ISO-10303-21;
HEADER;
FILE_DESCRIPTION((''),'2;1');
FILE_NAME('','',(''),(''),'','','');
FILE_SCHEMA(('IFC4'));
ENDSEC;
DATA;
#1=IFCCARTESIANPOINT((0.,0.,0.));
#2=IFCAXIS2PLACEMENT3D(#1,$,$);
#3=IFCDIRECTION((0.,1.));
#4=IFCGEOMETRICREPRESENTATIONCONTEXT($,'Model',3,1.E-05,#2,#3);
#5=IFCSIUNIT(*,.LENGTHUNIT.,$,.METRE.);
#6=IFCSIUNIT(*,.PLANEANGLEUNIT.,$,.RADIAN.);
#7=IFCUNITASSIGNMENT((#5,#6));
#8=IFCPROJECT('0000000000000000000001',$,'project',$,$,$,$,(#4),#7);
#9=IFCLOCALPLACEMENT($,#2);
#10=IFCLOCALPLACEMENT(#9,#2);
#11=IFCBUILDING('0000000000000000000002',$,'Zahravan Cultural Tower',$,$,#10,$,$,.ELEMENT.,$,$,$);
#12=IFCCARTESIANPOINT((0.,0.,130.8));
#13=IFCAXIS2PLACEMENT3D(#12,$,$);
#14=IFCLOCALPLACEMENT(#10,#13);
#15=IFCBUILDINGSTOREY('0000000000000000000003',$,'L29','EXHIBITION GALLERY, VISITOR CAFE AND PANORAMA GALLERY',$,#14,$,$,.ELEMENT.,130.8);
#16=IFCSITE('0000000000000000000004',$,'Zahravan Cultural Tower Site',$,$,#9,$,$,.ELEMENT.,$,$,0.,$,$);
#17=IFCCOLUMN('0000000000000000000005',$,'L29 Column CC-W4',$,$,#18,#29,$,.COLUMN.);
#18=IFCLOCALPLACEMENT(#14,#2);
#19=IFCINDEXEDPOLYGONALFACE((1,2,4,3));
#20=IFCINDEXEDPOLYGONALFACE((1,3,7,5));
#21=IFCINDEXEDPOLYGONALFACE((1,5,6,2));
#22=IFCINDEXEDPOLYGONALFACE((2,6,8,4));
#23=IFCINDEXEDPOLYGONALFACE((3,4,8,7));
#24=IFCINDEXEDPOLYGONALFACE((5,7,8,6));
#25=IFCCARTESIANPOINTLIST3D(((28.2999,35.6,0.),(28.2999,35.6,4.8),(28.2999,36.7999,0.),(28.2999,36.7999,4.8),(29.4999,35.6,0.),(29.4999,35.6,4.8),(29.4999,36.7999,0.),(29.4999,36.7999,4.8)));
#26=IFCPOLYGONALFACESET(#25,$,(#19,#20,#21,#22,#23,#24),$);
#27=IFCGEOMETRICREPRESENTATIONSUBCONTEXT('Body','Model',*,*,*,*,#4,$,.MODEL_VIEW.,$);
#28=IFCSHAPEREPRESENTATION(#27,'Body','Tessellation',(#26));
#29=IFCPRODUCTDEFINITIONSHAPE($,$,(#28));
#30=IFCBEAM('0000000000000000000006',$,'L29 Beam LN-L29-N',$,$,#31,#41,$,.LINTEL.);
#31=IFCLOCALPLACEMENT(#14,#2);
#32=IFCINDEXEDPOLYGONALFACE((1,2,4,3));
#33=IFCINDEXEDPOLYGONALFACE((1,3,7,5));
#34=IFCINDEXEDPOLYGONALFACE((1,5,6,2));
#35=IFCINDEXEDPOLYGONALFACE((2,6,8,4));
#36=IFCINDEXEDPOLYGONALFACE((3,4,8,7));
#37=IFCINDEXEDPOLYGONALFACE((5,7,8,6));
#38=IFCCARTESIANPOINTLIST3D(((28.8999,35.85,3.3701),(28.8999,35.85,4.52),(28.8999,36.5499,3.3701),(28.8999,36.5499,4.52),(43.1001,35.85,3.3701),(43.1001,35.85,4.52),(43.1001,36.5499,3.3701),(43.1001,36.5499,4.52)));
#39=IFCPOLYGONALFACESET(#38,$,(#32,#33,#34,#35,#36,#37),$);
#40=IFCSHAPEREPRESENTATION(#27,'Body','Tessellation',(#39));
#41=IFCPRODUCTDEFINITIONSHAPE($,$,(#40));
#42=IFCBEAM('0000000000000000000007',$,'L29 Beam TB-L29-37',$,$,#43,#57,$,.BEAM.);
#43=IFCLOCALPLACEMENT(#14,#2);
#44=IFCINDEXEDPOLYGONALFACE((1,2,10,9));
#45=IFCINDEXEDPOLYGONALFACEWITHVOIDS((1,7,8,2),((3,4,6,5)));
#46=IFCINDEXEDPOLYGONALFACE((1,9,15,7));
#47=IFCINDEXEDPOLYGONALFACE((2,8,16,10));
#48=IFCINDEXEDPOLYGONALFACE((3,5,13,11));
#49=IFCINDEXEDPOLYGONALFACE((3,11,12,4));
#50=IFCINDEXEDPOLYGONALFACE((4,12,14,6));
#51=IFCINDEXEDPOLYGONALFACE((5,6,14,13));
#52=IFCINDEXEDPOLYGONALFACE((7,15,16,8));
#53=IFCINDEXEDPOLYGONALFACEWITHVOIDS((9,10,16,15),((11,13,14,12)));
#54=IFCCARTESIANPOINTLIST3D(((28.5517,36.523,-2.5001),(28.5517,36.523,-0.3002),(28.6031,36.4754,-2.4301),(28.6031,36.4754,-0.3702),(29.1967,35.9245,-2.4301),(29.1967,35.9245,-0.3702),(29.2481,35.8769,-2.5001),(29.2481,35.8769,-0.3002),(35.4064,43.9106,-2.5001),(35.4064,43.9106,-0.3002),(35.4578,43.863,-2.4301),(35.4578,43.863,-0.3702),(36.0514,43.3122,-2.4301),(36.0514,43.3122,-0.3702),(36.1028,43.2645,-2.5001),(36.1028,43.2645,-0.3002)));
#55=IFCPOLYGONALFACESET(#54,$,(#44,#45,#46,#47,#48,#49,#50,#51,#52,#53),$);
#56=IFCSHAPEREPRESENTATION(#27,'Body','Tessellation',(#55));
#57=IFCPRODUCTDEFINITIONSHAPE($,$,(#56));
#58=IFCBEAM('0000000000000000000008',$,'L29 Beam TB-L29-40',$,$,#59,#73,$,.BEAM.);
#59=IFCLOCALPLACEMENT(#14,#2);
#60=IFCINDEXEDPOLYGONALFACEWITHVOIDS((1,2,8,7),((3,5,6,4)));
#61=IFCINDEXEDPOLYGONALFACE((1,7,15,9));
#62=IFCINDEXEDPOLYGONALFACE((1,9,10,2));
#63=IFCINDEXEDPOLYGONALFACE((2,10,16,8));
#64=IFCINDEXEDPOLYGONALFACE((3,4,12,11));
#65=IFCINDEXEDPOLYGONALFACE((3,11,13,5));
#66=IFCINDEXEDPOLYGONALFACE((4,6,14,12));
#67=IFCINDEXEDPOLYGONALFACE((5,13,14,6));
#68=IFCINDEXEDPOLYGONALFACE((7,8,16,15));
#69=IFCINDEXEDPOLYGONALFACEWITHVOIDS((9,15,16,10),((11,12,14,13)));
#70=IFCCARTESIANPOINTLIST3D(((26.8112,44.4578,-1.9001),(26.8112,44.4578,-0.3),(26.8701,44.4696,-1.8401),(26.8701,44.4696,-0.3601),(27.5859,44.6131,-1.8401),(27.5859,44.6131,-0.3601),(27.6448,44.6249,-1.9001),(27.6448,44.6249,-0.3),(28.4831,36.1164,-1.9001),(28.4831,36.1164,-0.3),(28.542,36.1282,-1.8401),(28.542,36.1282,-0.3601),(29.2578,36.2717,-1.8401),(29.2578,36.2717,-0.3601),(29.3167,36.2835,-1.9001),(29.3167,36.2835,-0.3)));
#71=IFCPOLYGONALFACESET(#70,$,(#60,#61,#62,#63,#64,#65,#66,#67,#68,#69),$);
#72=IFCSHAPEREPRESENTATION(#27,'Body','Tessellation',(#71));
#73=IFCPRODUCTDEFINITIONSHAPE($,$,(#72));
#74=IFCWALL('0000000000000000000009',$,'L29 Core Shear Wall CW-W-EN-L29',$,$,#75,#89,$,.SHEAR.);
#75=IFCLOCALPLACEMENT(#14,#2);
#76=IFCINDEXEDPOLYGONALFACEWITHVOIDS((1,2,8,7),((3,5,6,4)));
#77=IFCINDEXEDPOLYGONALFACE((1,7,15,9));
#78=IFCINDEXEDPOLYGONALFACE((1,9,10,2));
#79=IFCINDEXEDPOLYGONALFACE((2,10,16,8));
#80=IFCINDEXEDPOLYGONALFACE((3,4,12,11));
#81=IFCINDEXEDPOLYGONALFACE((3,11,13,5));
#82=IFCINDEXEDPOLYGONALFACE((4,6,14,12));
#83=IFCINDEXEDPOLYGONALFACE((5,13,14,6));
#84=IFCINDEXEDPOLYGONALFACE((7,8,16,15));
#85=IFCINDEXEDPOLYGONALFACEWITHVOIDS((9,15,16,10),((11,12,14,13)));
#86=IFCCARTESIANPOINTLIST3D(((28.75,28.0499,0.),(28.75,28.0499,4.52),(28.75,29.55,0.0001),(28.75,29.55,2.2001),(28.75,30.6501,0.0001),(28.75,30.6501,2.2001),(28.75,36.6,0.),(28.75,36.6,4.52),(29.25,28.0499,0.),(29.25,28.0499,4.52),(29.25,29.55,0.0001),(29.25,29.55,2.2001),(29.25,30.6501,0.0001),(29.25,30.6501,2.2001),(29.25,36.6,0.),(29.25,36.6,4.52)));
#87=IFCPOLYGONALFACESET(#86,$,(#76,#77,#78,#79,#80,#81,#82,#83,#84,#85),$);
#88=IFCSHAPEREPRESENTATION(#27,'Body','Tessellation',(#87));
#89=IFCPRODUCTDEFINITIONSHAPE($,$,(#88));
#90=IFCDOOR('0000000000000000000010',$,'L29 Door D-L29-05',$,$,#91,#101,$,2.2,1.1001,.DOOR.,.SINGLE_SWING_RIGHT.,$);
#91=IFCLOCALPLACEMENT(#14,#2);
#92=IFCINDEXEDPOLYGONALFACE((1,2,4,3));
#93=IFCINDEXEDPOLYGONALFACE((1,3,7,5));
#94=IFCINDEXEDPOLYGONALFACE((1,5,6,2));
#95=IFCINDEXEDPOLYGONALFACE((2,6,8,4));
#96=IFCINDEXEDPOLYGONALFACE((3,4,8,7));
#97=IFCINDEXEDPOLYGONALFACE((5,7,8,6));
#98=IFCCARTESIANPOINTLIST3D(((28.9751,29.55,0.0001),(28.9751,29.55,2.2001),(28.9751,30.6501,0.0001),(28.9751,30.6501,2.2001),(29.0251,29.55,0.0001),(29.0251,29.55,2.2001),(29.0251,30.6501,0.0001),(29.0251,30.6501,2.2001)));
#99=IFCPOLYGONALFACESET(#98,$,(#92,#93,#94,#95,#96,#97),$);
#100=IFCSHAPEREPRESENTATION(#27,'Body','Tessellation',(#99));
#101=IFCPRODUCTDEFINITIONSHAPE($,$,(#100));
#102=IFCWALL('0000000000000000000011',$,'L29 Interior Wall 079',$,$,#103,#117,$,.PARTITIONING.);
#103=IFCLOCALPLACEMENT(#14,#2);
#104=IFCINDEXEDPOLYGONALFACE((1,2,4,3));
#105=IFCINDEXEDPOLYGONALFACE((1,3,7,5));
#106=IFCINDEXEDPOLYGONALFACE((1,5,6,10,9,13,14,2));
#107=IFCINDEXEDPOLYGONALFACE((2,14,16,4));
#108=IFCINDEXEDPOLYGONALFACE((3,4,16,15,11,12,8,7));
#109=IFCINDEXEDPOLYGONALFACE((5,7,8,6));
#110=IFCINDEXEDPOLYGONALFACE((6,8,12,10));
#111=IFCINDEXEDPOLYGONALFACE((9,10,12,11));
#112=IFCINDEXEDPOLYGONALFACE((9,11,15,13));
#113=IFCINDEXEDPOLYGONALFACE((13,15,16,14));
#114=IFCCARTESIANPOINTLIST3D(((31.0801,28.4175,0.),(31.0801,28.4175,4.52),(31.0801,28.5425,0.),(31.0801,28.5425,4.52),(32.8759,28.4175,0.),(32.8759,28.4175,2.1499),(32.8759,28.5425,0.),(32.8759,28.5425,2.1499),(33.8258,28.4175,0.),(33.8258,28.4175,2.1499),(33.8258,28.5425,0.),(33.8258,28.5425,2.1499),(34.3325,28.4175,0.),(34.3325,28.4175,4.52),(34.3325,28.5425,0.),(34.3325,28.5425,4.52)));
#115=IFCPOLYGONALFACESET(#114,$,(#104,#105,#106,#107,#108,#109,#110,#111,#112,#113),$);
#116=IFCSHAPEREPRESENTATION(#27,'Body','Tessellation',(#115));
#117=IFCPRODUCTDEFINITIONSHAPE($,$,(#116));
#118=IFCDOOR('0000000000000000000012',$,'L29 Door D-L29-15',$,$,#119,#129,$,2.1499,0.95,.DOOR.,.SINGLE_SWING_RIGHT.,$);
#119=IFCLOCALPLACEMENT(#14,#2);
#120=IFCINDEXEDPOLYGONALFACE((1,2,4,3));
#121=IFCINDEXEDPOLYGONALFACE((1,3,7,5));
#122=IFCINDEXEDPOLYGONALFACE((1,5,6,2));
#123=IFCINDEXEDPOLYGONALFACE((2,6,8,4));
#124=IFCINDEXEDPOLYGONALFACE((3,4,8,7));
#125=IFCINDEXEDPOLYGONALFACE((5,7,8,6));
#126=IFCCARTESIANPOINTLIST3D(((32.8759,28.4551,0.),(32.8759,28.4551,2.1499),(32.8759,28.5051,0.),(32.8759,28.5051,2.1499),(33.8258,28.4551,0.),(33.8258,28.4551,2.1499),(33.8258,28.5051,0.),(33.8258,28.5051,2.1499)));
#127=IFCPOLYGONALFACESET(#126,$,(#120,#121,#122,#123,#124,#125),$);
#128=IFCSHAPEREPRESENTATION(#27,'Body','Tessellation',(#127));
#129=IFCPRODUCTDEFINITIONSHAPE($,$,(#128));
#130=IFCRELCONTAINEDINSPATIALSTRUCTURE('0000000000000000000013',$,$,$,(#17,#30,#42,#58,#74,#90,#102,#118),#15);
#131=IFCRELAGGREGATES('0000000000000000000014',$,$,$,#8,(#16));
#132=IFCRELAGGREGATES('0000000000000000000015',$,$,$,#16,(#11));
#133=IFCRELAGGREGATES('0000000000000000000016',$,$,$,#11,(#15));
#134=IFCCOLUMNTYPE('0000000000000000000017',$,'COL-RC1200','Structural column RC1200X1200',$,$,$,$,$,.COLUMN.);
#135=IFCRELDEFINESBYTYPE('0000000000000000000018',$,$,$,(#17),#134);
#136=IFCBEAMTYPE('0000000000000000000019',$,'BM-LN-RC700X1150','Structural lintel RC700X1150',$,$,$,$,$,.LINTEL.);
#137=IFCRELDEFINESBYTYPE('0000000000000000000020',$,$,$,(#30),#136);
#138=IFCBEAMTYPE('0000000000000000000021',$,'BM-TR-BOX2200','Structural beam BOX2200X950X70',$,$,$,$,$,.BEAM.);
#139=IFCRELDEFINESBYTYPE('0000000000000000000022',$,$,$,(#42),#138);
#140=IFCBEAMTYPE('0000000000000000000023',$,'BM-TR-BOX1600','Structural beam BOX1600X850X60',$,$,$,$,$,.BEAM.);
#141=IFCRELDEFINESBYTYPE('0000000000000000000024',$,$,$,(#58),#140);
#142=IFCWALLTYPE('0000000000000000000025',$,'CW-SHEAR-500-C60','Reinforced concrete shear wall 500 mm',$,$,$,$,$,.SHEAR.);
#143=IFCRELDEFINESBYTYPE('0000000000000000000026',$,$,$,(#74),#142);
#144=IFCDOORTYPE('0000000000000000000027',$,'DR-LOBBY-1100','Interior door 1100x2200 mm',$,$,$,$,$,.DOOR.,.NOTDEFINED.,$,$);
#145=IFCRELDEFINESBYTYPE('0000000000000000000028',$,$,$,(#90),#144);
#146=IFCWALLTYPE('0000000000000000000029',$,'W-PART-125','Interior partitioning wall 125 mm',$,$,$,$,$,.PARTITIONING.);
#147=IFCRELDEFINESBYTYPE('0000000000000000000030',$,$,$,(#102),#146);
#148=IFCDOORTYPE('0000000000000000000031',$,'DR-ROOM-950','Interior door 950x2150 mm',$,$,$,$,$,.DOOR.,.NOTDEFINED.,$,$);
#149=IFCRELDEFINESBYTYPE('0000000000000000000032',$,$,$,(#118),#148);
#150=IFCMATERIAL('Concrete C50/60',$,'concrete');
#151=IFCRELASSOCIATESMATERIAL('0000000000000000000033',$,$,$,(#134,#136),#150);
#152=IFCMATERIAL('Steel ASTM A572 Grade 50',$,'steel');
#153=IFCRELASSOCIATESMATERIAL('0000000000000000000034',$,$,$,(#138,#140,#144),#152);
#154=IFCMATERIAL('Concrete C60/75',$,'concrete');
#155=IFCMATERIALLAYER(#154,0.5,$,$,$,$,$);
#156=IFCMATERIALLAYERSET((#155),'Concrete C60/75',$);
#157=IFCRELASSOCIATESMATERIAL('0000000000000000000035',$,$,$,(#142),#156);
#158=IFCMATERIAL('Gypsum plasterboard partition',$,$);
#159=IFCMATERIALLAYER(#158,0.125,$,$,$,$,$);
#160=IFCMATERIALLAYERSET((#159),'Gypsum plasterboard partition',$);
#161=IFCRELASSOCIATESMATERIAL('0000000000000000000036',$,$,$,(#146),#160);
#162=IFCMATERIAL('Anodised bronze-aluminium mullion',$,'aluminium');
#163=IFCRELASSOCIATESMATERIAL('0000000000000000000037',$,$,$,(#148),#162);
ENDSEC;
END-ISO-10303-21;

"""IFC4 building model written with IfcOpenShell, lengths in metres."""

from ifc_helpers import new_model, si_unit, direction, frame, frame_2d, origin, origin_2d, place, context, subcontext, project, spatial, rectangle, hollow_rectangle, extrude, source, transform, mapped, material, layer, layer_set, material_profile, profile_set, type_object, element, fill, save


model = new_model("IFC4")

# Units and contexts
model_context = context("Model", 3, precision=1e-05, world=origin(), true_north=direction((0.0, 1.0)))
body_context = subcontext(model_context, "Body", "Model", "MODEL_VIEW")
ifc_project = project(units=[si_unit("LENGTHUNIT", "METRE"), si_unit("PLANEANGLEUNIT", "RADIAN")], contexts=[model_context])

# Site, building, storey
site_placement = place(None, origin())
site = spatial("IfcSite", under=ifc_project, at=site_placement, Name="Zahravan Cultural Tower Site", CompositionType="ELEMENT", RefElevation=0.0)
building_placement = place(site_placement, origin())
building = spatial("IfcBuilding", under=site, at=building_placement, Name="Zahravan Cultural Tower", CompositionType="ELEMENT")
storey_placement = place(building_placement, frame((0.0, 0.0, 130.8)))
storey = spatial("IfcBuildingStorey", under=building, at=storey_placement, Name="L29", Description="EXHIBITION GALLERY, VISITOR CAFE AND PANORAMA GALLERY", CompositionType="ELEMENT", Elevation=130.8)

# Column
ifc_material_1 = material(Name="Concrete C50/60", Category="concrete")
ifc_material_profile_1 = material_profile(ifc_material_1, rectangle(XDim=1.2, YDim=1.2, at=origin_2d()), Name="RC1200X1200")
ifc_profile_set_1 = profile_set([ifc_material_profile_1], Name="Concrete C50/60")
column_type = type_object("IfcColumnType", Name="COL-RC1200", Description="Structural column RC1200X1200", PredefinedType="COLUMN", material=ifc_profile_set_1)
shared_shape_1 = source(origin(), body_context, "Body", "SweptSolid", [
    extrude(rectangle(XDim=1.2, YDim=1.2, at=origin_2d()), origin(), (0.0, 0.0, 1.0), 4.8),
])
column_placement = place(storey_placement, frame((28.8999, 36.2, 0.0), z_axis=(0.0, 0.0, 1.0), x_axis=(1.0, 0.0, 0.0)))
element("IfcColumn", 1, at=column_placement, inside=storey, type_object=column_type, Name="L29 Column CC-W4", PredefinedType="COLUMN", context=body_context, shape_type="MappedRepresentation", body=[
    mapped(shared_shape_1, transform((0.0, 0.0, 0.0), x_axis=(1.0, 0.0, 0.0), y_axis=(0.0, 1.0, 0.0), z_axis=(0.0, 0.0, 1.0), scale=1.0)),
])

# Beams
ifc_material_profile_2 = material_profile(ifc_material_1, rectangle(XDim=0.7, YDim=1.1499, at=origin_2d()), Name="RC700X1150")
ifc_profile_set_2 = profile_set([ifc_material_profile_2], Name="Concrete C50/60")
beam_type_1 = type_object("IfcBeamType", Name="BM-LN-RC700X1150", Description="Structural lintel RC700X1150", PredefinedType="LINTEL", material=ifc_profile_set_2)
shared_shape_2 = source(origin(), body_context, "Body", "SweptSolid", [
    extrude(rectangle(XDim=0.7, YDim=1.1499, at=origin_2d()), origin(), (0.0, 0.0, 1.0), 14.2002),
])
beam_1_placement = place(storey_placement, frame((28.8999, 36.2, 3.9451), z_axis=(1.0, 0.0, 0.0), x_axis=(0.0, 1.0, 0.0)))
element("IfcBeam", 2, at=beam_1_placement, inside=storey, type_object=beam_type_1, Name="L29 Beam LN-L29-N", PredefinedType="LINTEL", context=body_context, shape_type="MappedRepresentation", body=[
    mapped(shared_shape_2, transform((0.0, 0.0, 0.0), x_axis=(1.0, 0.0, 0.0), y_axis=(0.0, 1.0, 0.0), z_axis=(0.0, 0.0, 1.0), scale=1.0)),
])
ifc_material_2 = material(Name="Steel ASTM A572 Grade 50", Category="steel")
ifc_material_profile_3 = material_profile(ifc_material_2, hollow_rectangle(XDim=0.95, YDim=2.2, WallThickness=0.0701, at=origin_2d()), Name="BOX2200X950X70")
ifc_profile_set_3 = profile_set([ifc_material_profile_3], Name="Steel ASTM A572 Grade 50")
beam_type_2 = type_object("IfcBeamType", Name="BM-TR-BOX2200", Description="Structural beam BOX2200X950X70", PredefinedType="BEAM", material=ifc_profile_set_3)
shared_shape_3 = source(origin(), body_context, "Body", "SweptSolid", [
    extrude(hollow_rectangle(XDim=0.95, YDim=2.2, WallThickness=0.0701, at=origin_2d()), origin(), (0.0, 0.0, 1.0), 10.0779),
])
beam_2_placement = place(storey_placement, frame((28.8999, 36.2, -1.4001), z_axis=(0.68017, 0.733054, 0.0), x_axis=(-0.733054, 0.68017, 0.0)))
element("IfcBeam", 3, at=beam_2_placement, inside=storey, type_object=beam_type_2, Name="L29 Beam TB-L29-37", PredefinedType="BEAM", context=body_context, shape_type="MappedRepresentation", body=[
    mapped(shared_shape_3, transform((0.0, 0.0, 0.0), x_axis=(1.0, 0.0, 0.0), y_axis=(0.0, 1.0, 0.0), z_axis=(0.0, 0.0, 1.0), scale=1.0)),
])
ifc_material_profile_4 = material_profile(ifc_material_2, hollow_rectangle(XDim=0.8501, YDim=1.6001, WallThickness=0.0601, at=origin_2d()), Name="BOX1600X850X60")
ifc_profile_set_4 = profile_set([ifc_material_profile_4], Name="Steel ASTM A572 Grade 50")
beam_type_3 = type_object("IfcBeamType", Name="BM-TR-BOX1600", Description="Structural beam BOX1600X850X60", PredefinedType="BEAM", material=ifc_profile_set_4)
shared_shape_4 = source(origin(), body_context, "Body", "SweptSolid", [
    extrude(hollow_rectangle(XDim=0.8501, YDim=1.6001, WallThickness=0.0601, at=origin_2d()), origin(), (0.0, 0.0, 1.0), 8.5073),
])
beam_3_placement = place(storey_placement, frame((28.8999, 36.2, -1.1001), z_axis=(-0.196525, 0.980499, 0.0), x_axis=(-0.980499, -0.196525, 0.0)))
element("IfcBeam", 4, at=beam_3_placement, inside=storey, type_object=beam_type_3, Name="L29 Beam TB-L29-40", PredefinedType="BEAM", context=body_context, shape_type="MappedRepresentation", body=[
    mapped(shared_shape_4, transform((0.0, 0.0, 0.0), x_axis=(1.0, 0.0, 0.0), y_axis=(0.0, 1.0, 0.0), z_axis=(0.0, 0.0, 1.0), scale=1.0)),
])

# Walls, openings, doors
ifc_material_3 = material(Name="Concrete C60/75", Category="concrete")
ifc_layer_1 = layer(ifc_material_3, 0.5)
ifc_layer_set_1 = layer_set([ifc_layer_1], Name="Concrete C60/75")
wall_type_1 = type_object("IfcWallType", Name="CW-SHEAR-500-C60", Description="Reinforced concrete shear wall 500 mm", PredefinedType="SHEAR", material=ifc_layer_set_1)
wall_1_placement = place(storey_placement, frame((29.0, 28.05, 0.0), z_axis=(0.0, 0.0, 1.0), x_axis=(0.0, 1.0, 0.0)))
wall_1 = element("IfcWall", 5, at=wall_1_placement, inside=storey, type_object=wall_type_1, Name="L29 Core Shear Wall CW-W-EN-L29", PredefinedType="SHEAR", context=body_context, shape_type="SweptSolid", body=[
    extrude(rectangle(XDim=8.55, YDim=0.5, at=frame_2d((4.2749, 0.0))), origin(), (0.0, 0.0, 1.0), 4.52),
])
opening_1_placement = place(wall_1_placement, frame((1.5, 0.0, 0.0)))
opening_1 = element("IfcOpeningElement", 6, at=opening_1_placement, cuts=wall_1, PredefinedType="OPENING", context=body_context, shape_type="SweptSolid", body=[
    extrude(rectangle(XDim=1.1001, YDim=2.2, at=frame_2d((0.55, 1.1001))), frame((0.0, 0.26, 0.0), z_axis=(0.0, -1.0, 0.0), x_axis=(1.0, 0.0, 0.0)), (0.0, 0.0, 1.0), 0.52),
])
door_type_1 = type_object("IfcDoorType", Name="DR-LOBBY-1100", Description="Interior door 1100x2200 mm", OperationType="NOTDEFINED", PredefinedType="DOOR", material=ifc_material_2)
shared_shape_5 = source(origin(), body_context, "Body", "SweptSolid", [
    extrude(rectangle(XDim=1.1001, YDim=2.2, at=frame_2d((0.55, 1.1001))), frame((0.0, 0.0249, 0.0), z_axis=(0.0, -1.0, 0.0), x_axis=(1.0, 0.0, 0.0)), (0.0, 0.0, 1.0), 0.05),
])
door_1_placement = place(opening_1_placement, origin())
door_1 = element("IfcDoor", 7, at=door_1_placement, inside=storey, type_object=door_type_1, Name="L29 Door D-L29-05", OperationType="SINGLE_SWING_RIGHT", OverallHeight=2.2, OverallWidth=1.1001, PredefinedType="DOOR", context=body_context, shape_type="MappedRepresentation", body=[
    mapped(shared_shape_5, transform((0.0, 0.0, 0.0), x_axis=(1.0, 0.0, 0.0), y_axis=(0.0, 1.0, 0.0), z_axis=(0.0, 0.0, 1.0), scale=1.0)),
])
fill(opening_1, door_1)
ifc_material_4 = material(Name="Gypsum plasterboard partition")
ifc_layer_2 = layer(ifc_material_4, 0.125)
ifc_layer_set_2 = layer_set([ifc_layer_2], Name="Gypsum plasterboard partition")
wall_type_2 = type_object("IfcWallType", Name="W-PART-125", Description="Interior partitioning wall 125 mm", PredefinedType="PARTITIONING", material=ifc_layer_set_2)
wall_2_placement = place(storey_placement, frame((34.3325, 28.48, 0.0), z_axis=(0.0, 0.0, 1.0), x_axis=(-1.0, 0.0, 0.0)))
wall_2 = element("IfcWall", 8, at=wall_2_placement, inside=storey, type_object=wall_type_2, Name="L29 Interior Wall 079", PredefinedType="PARTITIONING", context=body_context, shape_type="SweptSolid", body=[
    extrude(rectangle(XDim=3.2524, YDim=0.125, at=frame_2d((1.6262, 0.0))), origin(), (0.0, 0.0, 1.0), 4.52),
])
opening_2_placement = place(wall_2_placement, frame((0.5066, 0.0, 0.0)))
opening_2 = element("IfcOpeningElement", 9, at=opening_2_placement, cuts=wall_2, PredefinedType="OPENING", context=body_context, shape_type="SweptSolid", body=[
    extrude(rectangle(XDim=0.95, YDim=2.1499, at=frame_2d((0.4751, 1.075))), frame((0.0, 0.0725, 0.0), z_axis=(0.0, -1.0, 0.0), x_axis=(1.0, 0.0, 0.0)), (0.0, 0.0, 1.0), 0.145),
])
ifc_material_5 = material(Name="Anodised bronze-aluminium mullion", Category="aluminium")
door_type_2 = type_object("IfcDoorType", Name="DR-ROOM-950", Description="Interior door 950x2150 mm", OperationType="NOTDEFINED", PredefinedType="DOOR", material=ifc_material_5)
shared_shape_6 = source(origin(), body_context, "Body", "SweptSolid", [
    extrude(rectangle(XDim=0.95, YDim=2.1499, at=frame_2d((0.4751, 1.075))), frame((0.0, 0.0249, 0.0), z_axis=(0.0, -1.0, 0.0), x_axis=(1.0, 0.0, 0.0)), (0.0, 0.0, 1.0), 0.05),
])
door_2_placement = place(opening_2_placement, origin())
door_2 = element("IfcDoor", 10, at=door_2_placement, inside=storey, type_object=door_type_2, Name="L29 Door D-L29-15", OperationType="SINGLE_SWING_RIGHT", OverallHeight=2.1499, OverallWidth=0.95, PredefinedType="DOOR", context=body_context, shape_type="MappedRepresentation", body=[
    mapped(shared_shape_6, transform((0.0, 0.0, 0.0), x_axis=(1.0, 0.0, 0.0), y_axis=(0.0, 1.0, 0.0), z_axis=(0.0, 0.0, 1.0), scale=1.0)),
])
fill(opening_2, door_2)

save(model, "model.ifc")
